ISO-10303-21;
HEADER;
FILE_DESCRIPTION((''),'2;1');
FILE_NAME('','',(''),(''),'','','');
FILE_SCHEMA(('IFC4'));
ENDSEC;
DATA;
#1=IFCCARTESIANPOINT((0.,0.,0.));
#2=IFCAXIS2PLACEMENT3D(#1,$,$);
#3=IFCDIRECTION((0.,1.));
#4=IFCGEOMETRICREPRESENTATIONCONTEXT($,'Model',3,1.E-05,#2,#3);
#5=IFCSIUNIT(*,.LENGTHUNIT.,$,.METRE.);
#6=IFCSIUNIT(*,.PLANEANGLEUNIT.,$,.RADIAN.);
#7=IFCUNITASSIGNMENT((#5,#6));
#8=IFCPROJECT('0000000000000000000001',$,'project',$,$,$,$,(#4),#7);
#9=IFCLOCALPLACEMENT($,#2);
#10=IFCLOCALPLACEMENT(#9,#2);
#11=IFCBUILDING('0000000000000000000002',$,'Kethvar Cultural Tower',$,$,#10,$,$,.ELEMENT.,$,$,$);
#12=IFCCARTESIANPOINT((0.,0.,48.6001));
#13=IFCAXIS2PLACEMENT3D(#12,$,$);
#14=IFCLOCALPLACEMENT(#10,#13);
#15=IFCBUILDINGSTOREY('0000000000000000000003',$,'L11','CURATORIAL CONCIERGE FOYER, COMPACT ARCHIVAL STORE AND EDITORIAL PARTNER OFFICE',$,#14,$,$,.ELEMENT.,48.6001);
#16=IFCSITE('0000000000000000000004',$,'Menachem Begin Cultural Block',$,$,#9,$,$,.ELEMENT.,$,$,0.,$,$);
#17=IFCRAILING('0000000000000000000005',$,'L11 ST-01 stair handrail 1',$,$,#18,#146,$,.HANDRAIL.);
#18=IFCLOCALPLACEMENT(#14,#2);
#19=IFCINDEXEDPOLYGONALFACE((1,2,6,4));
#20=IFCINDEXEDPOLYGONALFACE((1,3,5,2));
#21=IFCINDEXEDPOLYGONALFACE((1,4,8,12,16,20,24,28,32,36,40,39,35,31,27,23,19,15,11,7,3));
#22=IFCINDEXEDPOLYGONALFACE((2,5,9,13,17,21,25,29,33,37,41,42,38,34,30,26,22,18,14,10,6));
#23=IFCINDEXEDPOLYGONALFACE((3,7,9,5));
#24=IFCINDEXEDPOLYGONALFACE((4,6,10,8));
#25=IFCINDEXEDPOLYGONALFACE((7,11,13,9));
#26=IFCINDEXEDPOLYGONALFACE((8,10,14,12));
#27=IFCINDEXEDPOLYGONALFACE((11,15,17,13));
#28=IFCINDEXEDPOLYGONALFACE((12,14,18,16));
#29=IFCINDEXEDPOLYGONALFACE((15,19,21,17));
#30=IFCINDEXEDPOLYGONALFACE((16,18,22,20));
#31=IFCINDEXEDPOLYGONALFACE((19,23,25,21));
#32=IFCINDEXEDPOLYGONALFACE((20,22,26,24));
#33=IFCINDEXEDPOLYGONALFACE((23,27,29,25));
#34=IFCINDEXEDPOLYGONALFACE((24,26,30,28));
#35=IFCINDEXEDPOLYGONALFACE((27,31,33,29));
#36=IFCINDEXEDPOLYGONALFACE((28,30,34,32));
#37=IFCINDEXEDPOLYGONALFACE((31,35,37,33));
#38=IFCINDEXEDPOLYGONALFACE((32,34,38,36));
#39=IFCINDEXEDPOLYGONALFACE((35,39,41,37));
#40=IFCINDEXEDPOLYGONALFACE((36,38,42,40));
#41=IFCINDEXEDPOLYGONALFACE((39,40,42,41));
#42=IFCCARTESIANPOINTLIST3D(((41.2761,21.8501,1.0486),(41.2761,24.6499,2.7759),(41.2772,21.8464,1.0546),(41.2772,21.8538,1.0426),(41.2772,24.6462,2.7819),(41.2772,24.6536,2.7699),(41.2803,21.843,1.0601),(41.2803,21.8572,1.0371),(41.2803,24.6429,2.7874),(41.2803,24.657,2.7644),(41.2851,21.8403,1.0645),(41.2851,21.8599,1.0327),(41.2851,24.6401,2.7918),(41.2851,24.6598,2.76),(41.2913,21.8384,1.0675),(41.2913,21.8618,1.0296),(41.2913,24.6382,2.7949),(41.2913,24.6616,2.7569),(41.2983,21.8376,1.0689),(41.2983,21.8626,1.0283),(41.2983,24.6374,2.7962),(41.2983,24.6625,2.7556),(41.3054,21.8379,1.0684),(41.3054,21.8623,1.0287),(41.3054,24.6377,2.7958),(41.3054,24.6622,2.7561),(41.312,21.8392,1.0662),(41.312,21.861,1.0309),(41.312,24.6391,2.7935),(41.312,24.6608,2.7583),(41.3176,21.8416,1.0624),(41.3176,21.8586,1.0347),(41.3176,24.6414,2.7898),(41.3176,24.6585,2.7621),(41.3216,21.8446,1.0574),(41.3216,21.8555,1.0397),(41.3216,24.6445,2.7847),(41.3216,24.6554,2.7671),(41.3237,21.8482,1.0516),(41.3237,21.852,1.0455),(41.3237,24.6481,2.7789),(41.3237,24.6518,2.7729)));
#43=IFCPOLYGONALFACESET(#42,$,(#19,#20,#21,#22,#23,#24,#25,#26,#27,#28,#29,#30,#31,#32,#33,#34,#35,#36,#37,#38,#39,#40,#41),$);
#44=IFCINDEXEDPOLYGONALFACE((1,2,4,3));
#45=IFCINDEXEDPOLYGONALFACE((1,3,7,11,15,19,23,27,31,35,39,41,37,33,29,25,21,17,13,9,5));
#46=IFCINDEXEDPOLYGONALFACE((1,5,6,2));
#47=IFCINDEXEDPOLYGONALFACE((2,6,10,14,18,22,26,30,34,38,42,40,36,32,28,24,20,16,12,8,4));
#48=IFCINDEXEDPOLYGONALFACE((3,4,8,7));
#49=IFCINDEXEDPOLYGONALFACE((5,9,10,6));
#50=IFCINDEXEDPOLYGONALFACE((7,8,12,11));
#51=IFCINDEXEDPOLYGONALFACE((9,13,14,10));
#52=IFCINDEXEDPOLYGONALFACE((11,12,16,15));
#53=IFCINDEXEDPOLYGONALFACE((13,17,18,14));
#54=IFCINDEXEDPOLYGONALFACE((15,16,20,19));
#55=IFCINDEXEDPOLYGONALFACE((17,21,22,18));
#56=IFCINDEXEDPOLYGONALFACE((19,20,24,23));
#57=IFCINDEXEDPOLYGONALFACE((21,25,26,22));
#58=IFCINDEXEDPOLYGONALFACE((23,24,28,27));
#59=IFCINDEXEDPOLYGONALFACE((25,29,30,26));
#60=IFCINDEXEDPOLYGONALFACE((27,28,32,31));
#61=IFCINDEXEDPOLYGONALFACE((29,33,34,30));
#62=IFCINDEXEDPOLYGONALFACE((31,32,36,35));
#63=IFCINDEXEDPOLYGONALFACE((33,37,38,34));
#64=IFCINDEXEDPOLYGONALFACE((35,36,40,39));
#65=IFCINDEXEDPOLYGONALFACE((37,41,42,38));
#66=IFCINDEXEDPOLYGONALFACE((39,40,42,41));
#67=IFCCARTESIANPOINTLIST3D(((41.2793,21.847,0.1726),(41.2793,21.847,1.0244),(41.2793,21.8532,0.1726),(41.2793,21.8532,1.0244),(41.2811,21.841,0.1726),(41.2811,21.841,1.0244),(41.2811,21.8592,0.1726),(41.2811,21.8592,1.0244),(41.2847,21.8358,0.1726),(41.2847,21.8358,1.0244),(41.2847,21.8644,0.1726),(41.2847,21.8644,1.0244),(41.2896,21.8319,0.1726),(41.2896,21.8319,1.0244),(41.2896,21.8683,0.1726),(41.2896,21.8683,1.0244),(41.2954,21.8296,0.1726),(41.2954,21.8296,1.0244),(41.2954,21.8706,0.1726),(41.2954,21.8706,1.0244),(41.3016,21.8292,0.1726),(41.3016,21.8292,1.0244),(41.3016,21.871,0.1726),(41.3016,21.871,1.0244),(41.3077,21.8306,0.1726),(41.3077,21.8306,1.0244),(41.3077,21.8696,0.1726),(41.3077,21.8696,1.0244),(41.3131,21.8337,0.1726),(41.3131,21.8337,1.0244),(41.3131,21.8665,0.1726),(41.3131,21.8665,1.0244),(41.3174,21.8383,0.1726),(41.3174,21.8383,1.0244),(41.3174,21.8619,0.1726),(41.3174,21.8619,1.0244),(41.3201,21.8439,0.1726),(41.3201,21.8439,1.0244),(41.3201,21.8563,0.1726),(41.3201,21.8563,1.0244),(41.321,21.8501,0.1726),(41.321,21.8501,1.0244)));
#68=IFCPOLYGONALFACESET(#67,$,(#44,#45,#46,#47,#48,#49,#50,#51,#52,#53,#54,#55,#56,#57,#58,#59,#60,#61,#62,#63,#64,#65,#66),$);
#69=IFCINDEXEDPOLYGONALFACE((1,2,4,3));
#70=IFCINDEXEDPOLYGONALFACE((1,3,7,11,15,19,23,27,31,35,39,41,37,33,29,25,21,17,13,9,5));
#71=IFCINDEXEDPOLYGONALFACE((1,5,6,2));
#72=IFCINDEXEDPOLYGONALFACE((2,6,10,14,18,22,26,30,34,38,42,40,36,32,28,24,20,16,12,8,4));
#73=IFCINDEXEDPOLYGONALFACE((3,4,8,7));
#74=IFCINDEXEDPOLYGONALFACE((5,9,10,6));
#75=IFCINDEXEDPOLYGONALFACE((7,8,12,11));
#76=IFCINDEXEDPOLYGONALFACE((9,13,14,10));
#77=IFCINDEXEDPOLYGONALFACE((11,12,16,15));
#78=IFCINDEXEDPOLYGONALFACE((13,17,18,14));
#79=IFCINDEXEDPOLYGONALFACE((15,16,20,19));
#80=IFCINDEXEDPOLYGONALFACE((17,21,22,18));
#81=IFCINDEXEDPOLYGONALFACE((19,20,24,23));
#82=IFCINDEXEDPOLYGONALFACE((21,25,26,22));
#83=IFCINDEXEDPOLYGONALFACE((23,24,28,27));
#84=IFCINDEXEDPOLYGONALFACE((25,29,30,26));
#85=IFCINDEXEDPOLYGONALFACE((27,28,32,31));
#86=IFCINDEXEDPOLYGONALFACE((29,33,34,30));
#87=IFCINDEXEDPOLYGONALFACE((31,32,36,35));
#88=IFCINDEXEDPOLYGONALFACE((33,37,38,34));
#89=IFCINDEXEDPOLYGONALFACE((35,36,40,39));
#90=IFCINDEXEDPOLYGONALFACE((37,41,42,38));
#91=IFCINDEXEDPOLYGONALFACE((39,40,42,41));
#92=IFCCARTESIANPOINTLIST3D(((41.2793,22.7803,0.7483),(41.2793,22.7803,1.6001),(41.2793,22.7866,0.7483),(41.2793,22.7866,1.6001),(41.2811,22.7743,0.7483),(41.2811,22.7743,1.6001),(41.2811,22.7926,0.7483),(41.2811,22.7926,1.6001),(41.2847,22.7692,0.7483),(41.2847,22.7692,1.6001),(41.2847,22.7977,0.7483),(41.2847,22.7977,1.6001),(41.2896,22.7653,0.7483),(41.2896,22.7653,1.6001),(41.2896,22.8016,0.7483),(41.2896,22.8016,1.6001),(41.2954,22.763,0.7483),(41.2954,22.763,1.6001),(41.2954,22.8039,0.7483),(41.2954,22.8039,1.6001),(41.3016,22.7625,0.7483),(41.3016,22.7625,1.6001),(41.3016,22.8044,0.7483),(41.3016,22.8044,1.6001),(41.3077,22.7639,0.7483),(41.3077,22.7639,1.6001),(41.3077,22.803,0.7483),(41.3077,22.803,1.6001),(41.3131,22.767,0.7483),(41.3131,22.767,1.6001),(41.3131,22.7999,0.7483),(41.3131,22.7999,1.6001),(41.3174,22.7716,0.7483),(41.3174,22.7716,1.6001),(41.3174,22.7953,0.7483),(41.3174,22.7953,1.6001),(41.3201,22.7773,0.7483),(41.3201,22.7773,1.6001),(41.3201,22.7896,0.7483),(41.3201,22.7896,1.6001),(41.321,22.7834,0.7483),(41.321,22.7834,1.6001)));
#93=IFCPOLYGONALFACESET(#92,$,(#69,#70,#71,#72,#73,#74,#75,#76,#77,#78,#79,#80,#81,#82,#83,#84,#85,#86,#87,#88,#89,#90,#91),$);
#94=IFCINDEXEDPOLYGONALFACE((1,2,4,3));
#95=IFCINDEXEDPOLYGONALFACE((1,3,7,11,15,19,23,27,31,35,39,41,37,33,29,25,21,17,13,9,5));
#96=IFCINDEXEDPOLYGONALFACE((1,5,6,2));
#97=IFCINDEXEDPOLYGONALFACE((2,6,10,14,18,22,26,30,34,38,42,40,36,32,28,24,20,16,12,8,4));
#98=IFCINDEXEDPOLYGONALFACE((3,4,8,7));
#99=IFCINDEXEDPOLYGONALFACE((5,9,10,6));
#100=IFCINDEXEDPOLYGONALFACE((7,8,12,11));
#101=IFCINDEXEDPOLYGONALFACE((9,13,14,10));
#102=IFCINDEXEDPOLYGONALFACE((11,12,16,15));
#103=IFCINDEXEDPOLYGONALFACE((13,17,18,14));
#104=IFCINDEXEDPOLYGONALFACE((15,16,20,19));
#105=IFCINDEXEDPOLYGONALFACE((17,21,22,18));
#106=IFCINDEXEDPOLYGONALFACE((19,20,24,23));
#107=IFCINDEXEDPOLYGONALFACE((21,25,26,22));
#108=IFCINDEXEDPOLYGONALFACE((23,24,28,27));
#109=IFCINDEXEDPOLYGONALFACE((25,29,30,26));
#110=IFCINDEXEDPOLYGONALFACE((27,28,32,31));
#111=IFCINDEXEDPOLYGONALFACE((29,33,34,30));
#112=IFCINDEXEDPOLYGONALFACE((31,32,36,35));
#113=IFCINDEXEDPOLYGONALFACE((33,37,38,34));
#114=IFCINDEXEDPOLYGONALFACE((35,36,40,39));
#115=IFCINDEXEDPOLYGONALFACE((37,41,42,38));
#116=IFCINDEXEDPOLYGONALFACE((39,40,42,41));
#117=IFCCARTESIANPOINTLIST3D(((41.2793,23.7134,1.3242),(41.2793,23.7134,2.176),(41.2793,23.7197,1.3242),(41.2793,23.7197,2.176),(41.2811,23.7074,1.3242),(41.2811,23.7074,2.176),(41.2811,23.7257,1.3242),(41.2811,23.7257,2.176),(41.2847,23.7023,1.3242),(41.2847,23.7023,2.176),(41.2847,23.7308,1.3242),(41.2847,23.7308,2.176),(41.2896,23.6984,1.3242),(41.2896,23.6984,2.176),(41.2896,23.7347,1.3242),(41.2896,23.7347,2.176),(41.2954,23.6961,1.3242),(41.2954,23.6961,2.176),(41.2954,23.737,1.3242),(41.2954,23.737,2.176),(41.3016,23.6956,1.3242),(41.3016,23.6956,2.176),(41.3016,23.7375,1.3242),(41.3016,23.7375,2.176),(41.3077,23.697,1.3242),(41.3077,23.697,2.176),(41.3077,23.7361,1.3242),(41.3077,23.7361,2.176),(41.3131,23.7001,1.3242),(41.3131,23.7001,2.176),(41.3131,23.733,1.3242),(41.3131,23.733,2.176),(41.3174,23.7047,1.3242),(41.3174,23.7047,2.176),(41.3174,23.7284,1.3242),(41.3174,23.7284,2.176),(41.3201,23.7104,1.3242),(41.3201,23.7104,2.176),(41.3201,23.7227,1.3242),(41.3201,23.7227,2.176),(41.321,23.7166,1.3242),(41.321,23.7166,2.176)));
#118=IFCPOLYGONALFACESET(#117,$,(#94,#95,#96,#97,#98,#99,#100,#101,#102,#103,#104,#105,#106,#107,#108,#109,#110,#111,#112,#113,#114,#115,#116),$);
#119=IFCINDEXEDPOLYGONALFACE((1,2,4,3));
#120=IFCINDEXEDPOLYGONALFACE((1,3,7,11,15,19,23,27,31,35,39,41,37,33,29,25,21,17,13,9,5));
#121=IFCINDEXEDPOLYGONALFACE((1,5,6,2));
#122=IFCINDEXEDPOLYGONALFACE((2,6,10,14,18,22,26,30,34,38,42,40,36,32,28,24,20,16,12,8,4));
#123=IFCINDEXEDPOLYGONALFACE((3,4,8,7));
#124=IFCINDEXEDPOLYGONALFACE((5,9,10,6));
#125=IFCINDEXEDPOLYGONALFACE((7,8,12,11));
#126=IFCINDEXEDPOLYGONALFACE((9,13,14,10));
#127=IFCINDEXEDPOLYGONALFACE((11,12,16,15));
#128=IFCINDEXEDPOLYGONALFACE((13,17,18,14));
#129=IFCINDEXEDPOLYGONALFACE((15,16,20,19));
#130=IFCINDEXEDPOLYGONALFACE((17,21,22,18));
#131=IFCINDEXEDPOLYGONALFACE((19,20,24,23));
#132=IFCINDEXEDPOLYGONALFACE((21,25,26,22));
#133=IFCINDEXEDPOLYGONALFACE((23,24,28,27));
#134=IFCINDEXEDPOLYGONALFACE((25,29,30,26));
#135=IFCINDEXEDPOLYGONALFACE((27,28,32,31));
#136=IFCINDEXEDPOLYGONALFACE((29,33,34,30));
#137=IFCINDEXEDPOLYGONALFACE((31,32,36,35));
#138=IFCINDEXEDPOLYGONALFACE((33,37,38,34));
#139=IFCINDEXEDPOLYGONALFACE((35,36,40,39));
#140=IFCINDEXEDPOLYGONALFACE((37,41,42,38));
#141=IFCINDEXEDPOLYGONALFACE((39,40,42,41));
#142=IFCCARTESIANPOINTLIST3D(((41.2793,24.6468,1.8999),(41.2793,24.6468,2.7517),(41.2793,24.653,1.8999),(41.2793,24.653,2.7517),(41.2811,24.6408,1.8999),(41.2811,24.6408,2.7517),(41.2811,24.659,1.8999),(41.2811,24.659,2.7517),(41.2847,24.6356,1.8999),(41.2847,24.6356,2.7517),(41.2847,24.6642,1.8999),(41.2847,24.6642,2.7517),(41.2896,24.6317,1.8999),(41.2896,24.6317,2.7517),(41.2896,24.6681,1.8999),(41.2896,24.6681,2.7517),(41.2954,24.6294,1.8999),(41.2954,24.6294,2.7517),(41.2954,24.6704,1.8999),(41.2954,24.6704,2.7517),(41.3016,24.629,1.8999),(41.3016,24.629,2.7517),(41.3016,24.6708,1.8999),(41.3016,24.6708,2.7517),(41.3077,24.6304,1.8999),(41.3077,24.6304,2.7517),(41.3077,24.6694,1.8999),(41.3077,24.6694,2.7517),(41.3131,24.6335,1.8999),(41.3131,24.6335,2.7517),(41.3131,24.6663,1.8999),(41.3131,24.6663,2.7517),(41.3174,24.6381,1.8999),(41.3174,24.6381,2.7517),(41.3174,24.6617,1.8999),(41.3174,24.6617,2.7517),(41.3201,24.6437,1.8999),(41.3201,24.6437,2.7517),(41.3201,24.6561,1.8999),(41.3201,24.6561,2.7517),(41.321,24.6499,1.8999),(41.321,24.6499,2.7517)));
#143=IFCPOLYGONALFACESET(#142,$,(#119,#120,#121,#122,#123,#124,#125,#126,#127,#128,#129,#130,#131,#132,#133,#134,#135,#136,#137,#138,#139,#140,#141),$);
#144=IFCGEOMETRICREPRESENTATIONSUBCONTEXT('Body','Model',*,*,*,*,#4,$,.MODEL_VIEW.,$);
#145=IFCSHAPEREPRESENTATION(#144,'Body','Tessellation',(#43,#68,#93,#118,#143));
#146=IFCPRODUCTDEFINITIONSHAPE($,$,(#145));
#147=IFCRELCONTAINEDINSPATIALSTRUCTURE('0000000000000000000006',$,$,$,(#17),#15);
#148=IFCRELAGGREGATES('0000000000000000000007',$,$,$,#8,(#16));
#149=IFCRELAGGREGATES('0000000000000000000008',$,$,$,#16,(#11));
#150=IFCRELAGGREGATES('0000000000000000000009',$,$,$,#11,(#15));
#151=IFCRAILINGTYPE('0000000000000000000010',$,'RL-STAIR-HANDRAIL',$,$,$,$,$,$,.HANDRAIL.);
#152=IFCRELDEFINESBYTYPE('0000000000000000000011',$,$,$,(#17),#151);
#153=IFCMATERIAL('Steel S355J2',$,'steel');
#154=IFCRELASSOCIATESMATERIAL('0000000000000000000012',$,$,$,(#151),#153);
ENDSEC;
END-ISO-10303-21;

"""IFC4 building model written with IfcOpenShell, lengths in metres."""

from ifc_helpers import new_model, si_unit, direction, frame, origin, origin_2d, place, context, subcontext, project, spatial, circle, extrude, material, type_object, element, save


model = new_model("IFC4")

# Units and contexts
model_context = context("Model", 3, precision=1e-05, world=origin(), true_north=direction((0.0, 1.0)))
body_context = subcontext(model_context, "Body", "Model", "MODEL_VIEW")
ifc_project = project(units=[si_unit("LENGTHUNIT", "METRE"), si_unit("PLANEANGLEUNIT", "RADIAN")], contexts=[model_context])

# Site, building, storey
site_placement = place(None, origin())
site = spatial("IfcSite", under=ifc_project, at=site_placement, Name="Menachem Begin Cultural Block", CompositionType="ELEMENT", RefElevation=0.0)
building_placement = place(site_placement, origin())
building = spatial("IfcBuilding", under=site, at=building_placement, Name="Kethvar Cultural Tower", CompositionType="ELEMENT")
storey_placement = place(building_placement, frame((0.0, 0.0, 48.6001)))
storey = spatial("IfcBuildingStorey", under=building, at=storey_placement, Name="L11", Description="CURATORIAL CONCIERGE FOYER, COMPACT ARCHIVAL STORE AND EDITORIAL PARTNER OFFICE", CompositionType="ELEMENT", Elevation=48.6001)

# Shared definitions
ifc_material_1 = material(Name="Steel S355J2", Category="steel")

# Railing
railing_type_1 = type_object("IfcRailingType", Name="RL-STAIR-HANDRAIL", PredefinedType="HANDRAIL", material=ifc_material_1)
railing_1_placement = place(storey_placement, frame((41.3, 21.8501, 0.1726)))
element("IfcRailing", 1, at=railing_1_placement, inside=storey, type_object=railing_type_1, Name="L11 ST-01 stair handrail 1", PredefinedType="HANDRAIL", context=body_context, shape_type="SweptSolid", body=[
    extrude(circle(Radius=0.0239, at=origin_2d()), frame((0.0, 0.0, 0.876), z_axis=(0.0, 0.851069, 0.525054), x_axis=(-1.0, 0.0, 0.0)), (0.0, 0.0, 1.0), 3.2898),
    extrude(circle(Radius=0.021, at=origin_2d()), origin(), (0.0, 0.0, 1.0), 0.8518),
    extrude(circle(Radius=0.021, at=origin_2d()), frame((0.0, 0.9333, 0.5757)), (0.0, 0.0, 1.0), 0.8518),
    extrude(circle(Radius=0.021, at=origin_2d()), frame((0.0, 1.8665, 1.1516)), (0.0, 0.0, 1.0), 0.8518),
    extrude(circle(Radius=0.021, at=origin_2d()), frame((0.0, 2.7998, 1.7273)), (0.0, 0.0, 1.0), 0.8518),
])

save(model, "model.ifc")
